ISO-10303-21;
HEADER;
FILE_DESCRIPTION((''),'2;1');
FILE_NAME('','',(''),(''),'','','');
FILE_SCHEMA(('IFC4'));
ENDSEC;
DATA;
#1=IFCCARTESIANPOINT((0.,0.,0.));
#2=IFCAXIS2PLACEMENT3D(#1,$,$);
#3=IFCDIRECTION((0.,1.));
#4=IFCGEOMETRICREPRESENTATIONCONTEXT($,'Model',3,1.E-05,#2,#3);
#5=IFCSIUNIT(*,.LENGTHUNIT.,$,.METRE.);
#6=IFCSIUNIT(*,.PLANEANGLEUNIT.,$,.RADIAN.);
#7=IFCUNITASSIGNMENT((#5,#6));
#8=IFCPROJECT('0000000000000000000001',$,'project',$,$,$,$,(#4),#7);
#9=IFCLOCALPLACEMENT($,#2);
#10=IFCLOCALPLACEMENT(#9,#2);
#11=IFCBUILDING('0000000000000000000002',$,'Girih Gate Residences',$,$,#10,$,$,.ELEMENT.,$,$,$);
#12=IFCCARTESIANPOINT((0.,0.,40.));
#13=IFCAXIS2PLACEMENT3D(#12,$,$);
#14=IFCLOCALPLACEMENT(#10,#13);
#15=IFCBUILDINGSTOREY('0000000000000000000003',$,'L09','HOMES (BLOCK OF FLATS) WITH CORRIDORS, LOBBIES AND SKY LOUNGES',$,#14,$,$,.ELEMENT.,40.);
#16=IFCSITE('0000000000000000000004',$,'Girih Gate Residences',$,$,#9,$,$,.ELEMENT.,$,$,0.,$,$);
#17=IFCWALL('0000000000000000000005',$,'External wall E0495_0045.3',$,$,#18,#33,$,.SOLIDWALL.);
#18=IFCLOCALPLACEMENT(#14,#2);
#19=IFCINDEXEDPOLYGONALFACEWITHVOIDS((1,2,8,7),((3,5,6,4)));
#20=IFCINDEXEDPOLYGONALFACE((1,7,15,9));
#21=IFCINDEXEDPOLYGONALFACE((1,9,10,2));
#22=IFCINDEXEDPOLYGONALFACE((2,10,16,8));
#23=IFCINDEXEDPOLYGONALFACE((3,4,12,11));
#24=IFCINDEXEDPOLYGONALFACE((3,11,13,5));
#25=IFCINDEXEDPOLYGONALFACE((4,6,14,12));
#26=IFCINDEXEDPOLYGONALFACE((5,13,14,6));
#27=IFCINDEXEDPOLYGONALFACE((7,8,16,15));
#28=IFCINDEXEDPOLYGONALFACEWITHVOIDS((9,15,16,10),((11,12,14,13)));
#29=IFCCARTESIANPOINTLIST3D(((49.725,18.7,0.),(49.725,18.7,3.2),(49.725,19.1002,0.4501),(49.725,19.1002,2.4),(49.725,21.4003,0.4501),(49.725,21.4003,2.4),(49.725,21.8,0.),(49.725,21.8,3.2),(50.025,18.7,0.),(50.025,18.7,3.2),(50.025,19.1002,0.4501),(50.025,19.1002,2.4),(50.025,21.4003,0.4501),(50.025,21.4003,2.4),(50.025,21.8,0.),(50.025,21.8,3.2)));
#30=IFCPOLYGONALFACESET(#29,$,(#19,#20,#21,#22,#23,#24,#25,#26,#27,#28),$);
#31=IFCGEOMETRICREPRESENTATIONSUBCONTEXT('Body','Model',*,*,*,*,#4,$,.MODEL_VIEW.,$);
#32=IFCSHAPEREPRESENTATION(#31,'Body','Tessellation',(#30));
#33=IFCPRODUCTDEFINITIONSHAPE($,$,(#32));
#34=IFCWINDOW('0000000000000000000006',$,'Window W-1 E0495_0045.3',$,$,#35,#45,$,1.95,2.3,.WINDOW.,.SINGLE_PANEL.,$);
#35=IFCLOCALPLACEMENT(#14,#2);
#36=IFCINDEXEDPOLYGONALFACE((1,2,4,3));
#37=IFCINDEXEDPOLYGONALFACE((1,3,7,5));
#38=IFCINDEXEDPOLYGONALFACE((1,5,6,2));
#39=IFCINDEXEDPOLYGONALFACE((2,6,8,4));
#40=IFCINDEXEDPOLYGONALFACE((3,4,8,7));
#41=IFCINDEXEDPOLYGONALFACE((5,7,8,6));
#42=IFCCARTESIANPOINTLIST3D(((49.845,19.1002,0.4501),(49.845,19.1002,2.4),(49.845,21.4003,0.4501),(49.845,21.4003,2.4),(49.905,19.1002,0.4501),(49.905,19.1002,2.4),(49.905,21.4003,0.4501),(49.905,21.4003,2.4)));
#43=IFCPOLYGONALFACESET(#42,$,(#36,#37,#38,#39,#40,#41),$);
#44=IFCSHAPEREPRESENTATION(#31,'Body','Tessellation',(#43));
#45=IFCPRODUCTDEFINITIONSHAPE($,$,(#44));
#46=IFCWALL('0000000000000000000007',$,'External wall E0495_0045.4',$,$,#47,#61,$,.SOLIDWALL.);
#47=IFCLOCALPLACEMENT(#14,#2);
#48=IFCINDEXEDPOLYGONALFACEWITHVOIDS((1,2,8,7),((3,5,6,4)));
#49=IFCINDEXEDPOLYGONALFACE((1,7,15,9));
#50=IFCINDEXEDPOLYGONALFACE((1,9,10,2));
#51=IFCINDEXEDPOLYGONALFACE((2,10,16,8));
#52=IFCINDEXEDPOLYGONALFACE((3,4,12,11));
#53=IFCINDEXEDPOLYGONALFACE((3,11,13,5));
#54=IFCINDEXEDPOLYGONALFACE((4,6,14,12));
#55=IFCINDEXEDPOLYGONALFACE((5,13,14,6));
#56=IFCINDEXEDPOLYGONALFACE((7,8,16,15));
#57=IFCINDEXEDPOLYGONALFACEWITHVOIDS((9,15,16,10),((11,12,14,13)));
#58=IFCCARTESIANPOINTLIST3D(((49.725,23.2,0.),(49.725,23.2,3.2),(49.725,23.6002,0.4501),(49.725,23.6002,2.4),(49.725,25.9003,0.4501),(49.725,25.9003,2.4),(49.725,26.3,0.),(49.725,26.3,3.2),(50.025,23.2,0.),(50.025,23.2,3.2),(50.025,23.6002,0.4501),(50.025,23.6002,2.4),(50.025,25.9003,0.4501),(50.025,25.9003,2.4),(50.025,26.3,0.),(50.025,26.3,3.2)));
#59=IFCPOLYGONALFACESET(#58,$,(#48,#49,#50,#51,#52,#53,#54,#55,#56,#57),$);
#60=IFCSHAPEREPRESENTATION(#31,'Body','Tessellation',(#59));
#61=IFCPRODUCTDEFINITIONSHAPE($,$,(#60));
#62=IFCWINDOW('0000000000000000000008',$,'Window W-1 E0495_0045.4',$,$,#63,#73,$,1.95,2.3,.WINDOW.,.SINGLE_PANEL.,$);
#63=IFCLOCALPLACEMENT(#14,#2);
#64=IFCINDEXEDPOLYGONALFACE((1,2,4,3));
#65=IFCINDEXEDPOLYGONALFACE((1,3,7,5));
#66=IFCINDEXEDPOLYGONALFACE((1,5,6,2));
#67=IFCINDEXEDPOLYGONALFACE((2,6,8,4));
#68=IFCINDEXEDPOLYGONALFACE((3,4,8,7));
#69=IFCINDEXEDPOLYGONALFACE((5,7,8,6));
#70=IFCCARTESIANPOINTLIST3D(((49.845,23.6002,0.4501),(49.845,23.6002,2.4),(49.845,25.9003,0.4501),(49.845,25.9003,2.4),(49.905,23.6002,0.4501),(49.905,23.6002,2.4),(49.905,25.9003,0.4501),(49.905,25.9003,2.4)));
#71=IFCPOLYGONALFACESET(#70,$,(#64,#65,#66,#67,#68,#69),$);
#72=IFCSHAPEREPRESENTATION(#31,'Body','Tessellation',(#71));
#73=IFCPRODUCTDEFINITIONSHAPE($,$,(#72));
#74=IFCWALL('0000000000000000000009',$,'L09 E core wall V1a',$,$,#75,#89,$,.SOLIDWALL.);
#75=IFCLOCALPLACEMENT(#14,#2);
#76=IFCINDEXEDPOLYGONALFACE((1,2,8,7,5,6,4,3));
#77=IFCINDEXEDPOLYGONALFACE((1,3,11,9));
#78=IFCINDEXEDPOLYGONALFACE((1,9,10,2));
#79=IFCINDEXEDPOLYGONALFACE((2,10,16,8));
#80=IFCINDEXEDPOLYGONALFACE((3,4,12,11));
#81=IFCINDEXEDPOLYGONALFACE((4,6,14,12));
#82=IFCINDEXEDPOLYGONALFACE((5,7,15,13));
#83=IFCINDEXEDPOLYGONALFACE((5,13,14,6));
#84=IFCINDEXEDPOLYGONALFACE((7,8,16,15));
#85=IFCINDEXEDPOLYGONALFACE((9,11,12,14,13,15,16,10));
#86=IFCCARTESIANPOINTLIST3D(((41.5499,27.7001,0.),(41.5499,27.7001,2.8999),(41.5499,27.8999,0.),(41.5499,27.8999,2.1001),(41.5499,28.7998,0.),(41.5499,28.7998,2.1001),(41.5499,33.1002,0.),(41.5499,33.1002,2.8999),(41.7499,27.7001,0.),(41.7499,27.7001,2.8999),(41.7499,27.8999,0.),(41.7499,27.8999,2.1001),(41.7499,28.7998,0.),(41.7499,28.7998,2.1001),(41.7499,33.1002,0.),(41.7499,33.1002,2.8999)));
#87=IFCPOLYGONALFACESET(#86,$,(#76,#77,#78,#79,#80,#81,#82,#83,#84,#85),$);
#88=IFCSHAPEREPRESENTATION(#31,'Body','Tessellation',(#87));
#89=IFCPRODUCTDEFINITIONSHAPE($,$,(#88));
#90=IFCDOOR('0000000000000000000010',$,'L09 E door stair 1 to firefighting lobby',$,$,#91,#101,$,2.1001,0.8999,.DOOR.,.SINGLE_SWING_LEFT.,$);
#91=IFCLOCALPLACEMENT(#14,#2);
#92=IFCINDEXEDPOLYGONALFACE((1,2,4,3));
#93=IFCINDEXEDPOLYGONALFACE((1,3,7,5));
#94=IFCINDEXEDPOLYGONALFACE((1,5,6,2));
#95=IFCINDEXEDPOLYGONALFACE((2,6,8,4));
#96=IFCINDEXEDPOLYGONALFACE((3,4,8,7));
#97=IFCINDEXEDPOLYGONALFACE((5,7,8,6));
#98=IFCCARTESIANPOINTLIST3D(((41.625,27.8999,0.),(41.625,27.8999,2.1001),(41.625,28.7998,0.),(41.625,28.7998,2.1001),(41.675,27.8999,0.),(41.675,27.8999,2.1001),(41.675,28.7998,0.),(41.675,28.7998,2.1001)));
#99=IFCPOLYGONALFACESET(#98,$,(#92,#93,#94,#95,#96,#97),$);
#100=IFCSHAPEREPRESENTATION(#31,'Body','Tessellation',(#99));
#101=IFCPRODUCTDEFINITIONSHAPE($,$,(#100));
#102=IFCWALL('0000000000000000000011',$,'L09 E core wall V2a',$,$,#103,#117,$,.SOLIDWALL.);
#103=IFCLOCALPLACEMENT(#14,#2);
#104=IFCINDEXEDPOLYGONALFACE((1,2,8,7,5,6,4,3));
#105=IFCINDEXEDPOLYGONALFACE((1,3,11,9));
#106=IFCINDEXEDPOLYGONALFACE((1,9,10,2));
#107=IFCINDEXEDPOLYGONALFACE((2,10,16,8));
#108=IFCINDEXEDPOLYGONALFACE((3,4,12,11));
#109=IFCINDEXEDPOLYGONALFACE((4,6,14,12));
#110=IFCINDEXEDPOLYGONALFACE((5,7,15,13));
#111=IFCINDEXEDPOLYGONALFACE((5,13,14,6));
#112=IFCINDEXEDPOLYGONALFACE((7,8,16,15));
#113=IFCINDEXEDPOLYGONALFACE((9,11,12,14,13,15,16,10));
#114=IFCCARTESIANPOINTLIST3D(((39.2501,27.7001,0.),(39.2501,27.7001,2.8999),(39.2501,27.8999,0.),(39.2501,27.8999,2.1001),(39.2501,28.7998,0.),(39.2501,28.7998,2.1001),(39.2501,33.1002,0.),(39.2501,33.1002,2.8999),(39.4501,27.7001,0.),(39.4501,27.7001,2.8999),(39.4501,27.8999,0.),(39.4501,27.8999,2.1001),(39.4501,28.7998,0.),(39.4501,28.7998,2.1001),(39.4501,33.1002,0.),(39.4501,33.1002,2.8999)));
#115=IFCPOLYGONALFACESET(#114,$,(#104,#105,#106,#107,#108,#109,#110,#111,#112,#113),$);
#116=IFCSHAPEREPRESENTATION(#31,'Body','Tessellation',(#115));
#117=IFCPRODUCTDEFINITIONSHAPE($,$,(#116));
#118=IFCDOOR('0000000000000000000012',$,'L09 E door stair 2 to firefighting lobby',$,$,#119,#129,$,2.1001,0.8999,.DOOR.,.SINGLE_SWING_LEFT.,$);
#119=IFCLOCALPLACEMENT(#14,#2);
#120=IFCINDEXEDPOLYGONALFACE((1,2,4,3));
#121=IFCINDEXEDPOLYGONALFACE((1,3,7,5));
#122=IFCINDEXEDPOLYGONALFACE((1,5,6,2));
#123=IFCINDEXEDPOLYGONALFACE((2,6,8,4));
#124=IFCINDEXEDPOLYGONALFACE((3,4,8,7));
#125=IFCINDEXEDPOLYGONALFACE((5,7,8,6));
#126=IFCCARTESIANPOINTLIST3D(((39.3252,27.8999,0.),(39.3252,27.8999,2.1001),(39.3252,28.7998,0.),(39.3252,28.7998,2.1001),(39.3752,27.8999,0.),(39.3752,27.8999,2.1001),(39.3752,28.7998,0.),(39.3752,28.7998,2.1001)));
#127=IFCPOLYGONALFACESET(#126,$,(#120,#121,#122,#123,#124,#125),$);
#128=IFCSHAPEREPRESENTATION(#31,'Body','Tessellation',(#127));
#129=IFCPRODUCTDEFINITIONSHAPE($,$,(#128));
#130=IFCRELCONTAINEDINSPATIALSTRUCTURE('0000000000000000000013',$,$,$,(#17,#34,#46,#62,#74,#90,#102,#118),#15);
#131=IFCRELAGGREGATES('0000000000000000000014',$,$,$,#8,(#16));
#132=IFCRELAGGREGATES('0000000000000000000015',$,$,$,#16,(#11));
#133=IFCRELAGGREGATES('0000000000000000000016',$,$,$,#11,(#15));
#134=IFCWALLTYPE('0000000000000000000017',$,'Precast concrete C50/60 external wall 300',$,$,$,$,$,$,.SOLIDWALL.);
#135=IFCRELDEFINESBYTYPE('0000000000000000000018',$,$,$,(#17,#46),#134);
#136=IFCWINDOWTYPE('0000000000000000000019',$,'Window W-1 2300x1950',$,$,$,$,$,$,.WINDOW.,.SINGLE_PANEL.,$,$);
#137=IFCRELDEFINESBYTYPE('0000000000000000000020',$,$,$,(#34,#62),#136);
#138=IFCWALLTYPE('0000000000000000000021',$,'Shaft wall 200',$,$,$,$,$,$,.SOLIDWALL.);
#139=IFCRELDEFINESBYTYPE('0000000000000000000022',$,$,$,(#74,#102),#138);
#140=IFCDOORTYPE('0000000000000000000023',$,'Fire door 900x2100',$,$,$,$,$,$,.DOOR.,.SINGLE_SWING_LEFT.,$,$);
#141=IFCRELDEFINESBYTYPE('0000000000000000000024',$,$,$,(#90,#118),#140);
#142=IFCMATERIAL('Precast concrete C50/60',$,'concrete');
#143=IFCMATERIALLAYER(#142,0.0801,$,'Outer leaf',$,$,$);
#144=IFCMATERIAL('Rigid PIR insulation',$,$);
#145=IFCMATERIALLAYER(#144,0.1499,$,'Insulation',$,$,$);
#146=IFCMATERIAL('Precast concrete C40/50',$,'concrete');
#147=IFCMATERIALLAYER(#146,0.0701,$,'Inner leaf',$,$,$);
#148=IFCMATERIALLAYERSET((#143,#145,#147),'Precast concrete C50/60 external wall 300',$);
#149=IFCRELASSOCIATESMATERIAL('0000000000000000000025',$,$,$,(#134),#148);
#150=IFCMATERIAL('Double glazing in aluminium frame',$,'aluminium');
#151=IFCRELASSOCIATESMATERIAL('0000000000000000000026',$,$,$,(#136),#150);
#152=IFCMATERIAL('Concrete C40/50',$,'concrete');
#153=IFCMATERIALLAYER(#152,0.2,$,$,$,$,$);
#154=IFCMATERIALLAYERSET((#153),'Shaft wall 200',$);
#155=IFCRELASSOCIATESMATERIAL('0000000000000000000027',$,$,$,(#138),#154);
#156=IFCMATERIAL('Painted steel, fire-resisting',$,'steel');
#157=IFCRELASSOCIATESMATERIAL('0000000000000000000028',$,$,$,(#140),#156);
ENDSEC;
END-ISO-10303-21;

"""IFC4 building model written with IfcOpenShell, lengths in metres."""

from ifc_helpers import new_model, si_unit, direction, frame, frame_2d, origin, place, context, subcontext, project, spatial, rectangle, extrude, material, layer, layer_set, type_object, element, fill, save


model = new_model("IFC4")

# Units and contexts
model_context = context("Model", 3, precision=1e-05, world=origin(), true_north=direction((0.0, 1.0)))
body_context = subcontext(model_context, "Body", "Model", "MODEL_VIEW")
ifc_project = project(units=[si_unit("LENGTHUNIT", "METRE"), si_unit("PLANEANGLEUNIT", "RADIAN")], contexts=[model_context])

# Site, building, storey
site_placement = place(None, origin())
site = spatial("IfcSite", under=ifc_project, at=site_placement, Name="Girih Gate Residences", CompositionType="ELEMENT", RefElevation=0.0)
building_placement = place(site_placement, origin())
building = spatial("IfcBuilding", under=site, at=building_placement, Name="Girih Gate Residences", CompositionType="ELEMENT")
storey_placement = place(building_placement, frame((0.0, 0.0, 40.0)))
storey = spatial("IfcBuildingStorey", under=building, at=storey_placement, Name="L09", Description="HOMES (BLOCK OF FLATS) WITH CORRIDORS, LOBBIES AND SKY LOUNGES", CompositionType="ELEMENT", Elevation=40.0)

# Shared definitions
ifc_material_1 = material(Name="Painted steel, fire-resisting", Category="steel")

# Walls, openings, windows
ifc_material_2 = material(Name="Precast concrete C50/60", Category="concrete")
ifc_layer_1 = layer(ifc_material_2, 0.0801, Name="Outer leaf")
ifc_material_3 = material(Name="Rigid PIR insulation")
ifc_layer_2 = layer(ifc_material_3, 0.1499, Name="Insulation")
ifc_material_4 = material(Name="Precast concrete C40/50", Category="concrete")
ifc_layer_3 = layer(ifc_material_4, 0.0701, Name="Inner leaf")
ifc_layer_set_1 = layer_set([ifc_layer_1, ifc_layer_2, ifc_layer_3], Name="Precast concrete C50/60 external wall 300")
wall_type_1 = type_object("IfcWallType", Name="Precast concrete C50/60 external wall 300", PredefinedType="SOLIDWALL", material=ifc_layer_set_1)
wall_1_placement = place(storey_placement, frame((49.875, 21.8, 0.0), z_axis=(0.0, 0.0, 1.0), x_axis=(0.0, -1.0, 0.0)))
wall_1 = element("IfcWall", 1, at=wall_1_placement, inside=storey, type_object=wall_type_1, Name="External wall E0495_0045.3", PredefinedType="SOLIDWALL", context=body_context, shape_type="SweptSolid", body=[
    extrude(rectangle(XDim=3.1001, YDim=0.3, at=frame_2d((1.55, 0.0))), origin(), (0.0, 0.0, 1.0), 3.2),
])
opening_1_placement = place(wall_1_placement, frame((0.3999, 0.0, 0.45)))
opening_1 = element("IfcOpeningElement", 2, at=opening_1_placement, cuts=wall_1, PredefinedType="OPENING", context=body_context, shape_type="SweptSolid", body=[
    extrude(rectangle(XDim=2.3, YDim=1.95, at=frame_2d((1.1499, 0.9751))), frame((0.0, 0.1599, 0.0), z_axis=(0.0, -1.0, 0.0), x_axis=(1.0, 0.0, 0.0)), (0.0, 0.0, 1.0), 0.3201),
])
ifc_material_5 = material(Name="Double glazing in aluminium frame", Category="aluminium")
window_type = type_object("IfcWindowType", Name="Window W-1 2300x1950", PartitioningType="SINGLE_PANEL", PredefinedType="WINDOW", material=ifc_material_5)
window_1_placement = place(opening_1_placement, origin())
window_1 = element("IfcWindow", 3, at=window_1_placement, inside=storey, type_object=window_type, Name="Window W-1 E0495_0045.3", OverallHeight=1.95, OverallWidth=2.3, PartitioningType="SINGLE_PANEL", PredefinedType="WINDOW", context=body_context, shape_type="SweptSolid", body=[
    extrude(rectangle(XDim=2.3, YDim=1.95, at=frame_2d((1.1499, 0.9751))), frame((0.0, 0.03, 0.0), z_axis=(0.0, -1.0, 0.0), x_axis=(1.0, 0.0, 0.0)), (0.0, 0.0, 1.0), 0.0601),
])
fill(opening_1, window_1)
wall_2_placement = place(storey_placement, frame((49.875, 26.3, 0.0), z_axis=(0.0, 0.0, 1.0), x_axis=(0.0, -1.0, 0.0)))
wall_2 = element("IfcWall", 4, at=wall_2_placement, inside=storey, type_object=wall_type_1, Name="External wall E0495_0045.4", PredefinedType="SOLIDWALL", context=body_context, shape_type="SweptSolid", body=[
    extrude(rectangle(XDim=3.1001, YDim=0.3, at=frame_2d((1.55, 0.0))), origin(), (0.0, 0.0, 1.0), 3.2),
])
opening_2_placement = place(wall_2_placement, frame((0.3999, 0.0, 0.45)))
opening_2 = element("IfcOpeningElement", 5, at=opening_2_placement, cuts=wall_2, PredefinedType="OPENING", context=body_context, shape_type="SweptSolid", body=[
    extrude(rectangle(XDim=2.3, YDim=1.95, at=frame_2d((1.1499, 0.9751))), frame((0.0, 0.1599, 0.0), z_axis=(0.0, -1.0, 0.0), x_axis=(1.0, 0.0, 0.0)), (0.0, 0.0, 1.0), 0.3201),
])
window_2_placement = place(opening_2_placement, origin())
window_2 = element("IfcWindow", 6, at=window_2_placement, inside=storey, type_object=window_type, Name="Window W-1 E0495_0045.4", OverallHeight=1.95, OverallWidth=2.3, PartitioningType="SINGLE_PANEL", PredefinedType="WINDOW", context=body_context, shape_type="SweptSolid", body=[
    extrude(rectangle(XDim=2.3, YDim=1.95, at=frame_2d((1.1499, 0.9751))), frame((0.0, 0.03, 0.0), z_axis=(0.0, -1.0, 0.0), x_axis=(1.0, 0.0, 0.0)), (0.0, 0.0, 1.0), 0.0601),
])
fill(opening_2, window_2)

# Walls, openings, doors
ifc_material_6 = material(Name="Concrete C40/50", Category="concrete")
ifc_layer_4 = layer(ifc_material_6, 0.2)
ifc_layer_set_2 = layer_set([ifc_layer_4], Name="Shaft wall 200")
wall_type_2 = type_object("IfcWallType", Name="Shaft wall 200", PredefinedType="SOLIDWALL", material=ifc_layer_set_2)
wall_3_placement = place(storey_placement, frame((41.6499, 27.7, 0.0), z_axis=(0.0, 0.0, 1.0), x_axis=(0.0, 1.0, 0.0)))
wall_3 = element("IfcWall", 7, at=wall_3_placement, inside=storey, type_object=wall_type_2, Name="L09 E core wall V1a", PredefinedType="SOLIDWALL", context=body_context, shape_type="SweptSolid", body=[
    extrude(rectangle(XDim=5.4001, YDim=0.2, at=frame_2d((2.7002, 0.0))), origin(), (0.0, 0.0, 1.0), 2.8999),
])
opening_3_placement = place(wall_3_placement, frame((0.2, 0.0, 0.0)))
opening_3 = element("IfcOpeningElement", 8, at=opening_3_placement, cuts=wall_3, PredefinedType="OPENING", context=body_context, shape_type="SweptSolid", body=[
    extrude(rectangle(XDim=0.8999, YDim=2.1001, at=frame_2d((0.45, 1.05))), frame((0.0, 0.1099, 0.0), z_axis=(0.0, -1.0, 0.0), x_axis=(1.0, 0.0, 0.0)), (0.0, 0.0, 1.0), 0.22),
])
door_type_1 = type_object("IfcDoorType", Name="Fire door 900x2100", OperationType="SINGLE_SWING_LEFT", PredefinedType="DOOR", material=ifc_material_1)
door_1_placement = place(opening_3_placement, origin())
door_1 = element("IfcDoor", 9, at=door_1_placement, inside=storey, type_object=door_type_1, Name="L09 E door stair 1 to firefighting lobby", OperationType="SINGLE_SWING_LEFT", OverallHeight=2.1001, OverallWidth=0.8999, PredefinedType="DOOR", context=body_context, shape_type="SweptSolid", body=[
    extrude(rectangle(XDim=0.8999, YDim=2.1001, at=frame_2d((0.45, 1.05))), frame((0.0, 0.0249, 0.0), z_axis=(0.0, -1.0, 0.0), x_axis=(1.0, 0.0, 0.0)), (0.0, 0.0, 1.0), 0.05),
])
fill(opening_3, door_1)
wall_4_placement = place(storey_placement, frame((39.3501, 27.7, 0.0), z_axis=(0.0, 0.0, 1.0), x_axis=(0.0, 1.0, 0.0)))
wall_4 = element("IfcWall", 10, at=wall_4_placement, inside=storey, type_object=wall_type_2, Name="L09 E core wall V2a", PredefinedType="SOLIDWALL", context=body_context, shape_type="SweptSolid", body=[
    extrude(rectangle(XDim=5.4001, YDim=0.2, at=frame_2d((2.7002, 0.0))), origin(), (0.0, 0.0, 1.0), 2.8999),
])
opening_4_placement = place(wall_4_placement, frame((0.2, 0.0, 0.0)))
opening_4 = element("IfcOpeningElement", 11, at=opening_4_placement, cuts=wall_4, PredefinedType="OPENING", context=body_context, shape_type="SweptSolid", body=[
    extrude(rectangle(XDim=0.8999, YDim=2.1001, at=frame_2d((0.45, 1.05))), frame((0.0, 0.1099, 0.0), z_axis=(0.0, -1.0, 0.0), x_axis=(1.0, 0.0, 0.0)), (0.0, 0.0, 1.0), 0.22),
])
door_2_placement = place(opening_4_placement, origin())
door_2 = element("IfcDoor", 12, at=door_2_placement, inside=storey, type_object=door_type_1, Name="L09 E door stair 2 to firefighting lobby", OperationType="SINGLE_SWING_LEFT", OverallHeight=2.1001, OverallWidth=0.8999, PredefinedType="DOOR", context=body_context, shape_type="SweptSolid", body=[
    extrude(rectangle(XDim=0.8999, YDim=2.1001, at=frame_2d((0.45, 1.05))), frame((0.0, 0.0249, 0.0), z_axis=(0.0, -1.0, 0.0), x_axis=(1.0, 0.0, 0.0)), (0.0, 0.0, 1.0), 0.05),
])
fill(opening_4, door_2)

save(model, "model.ifc")
